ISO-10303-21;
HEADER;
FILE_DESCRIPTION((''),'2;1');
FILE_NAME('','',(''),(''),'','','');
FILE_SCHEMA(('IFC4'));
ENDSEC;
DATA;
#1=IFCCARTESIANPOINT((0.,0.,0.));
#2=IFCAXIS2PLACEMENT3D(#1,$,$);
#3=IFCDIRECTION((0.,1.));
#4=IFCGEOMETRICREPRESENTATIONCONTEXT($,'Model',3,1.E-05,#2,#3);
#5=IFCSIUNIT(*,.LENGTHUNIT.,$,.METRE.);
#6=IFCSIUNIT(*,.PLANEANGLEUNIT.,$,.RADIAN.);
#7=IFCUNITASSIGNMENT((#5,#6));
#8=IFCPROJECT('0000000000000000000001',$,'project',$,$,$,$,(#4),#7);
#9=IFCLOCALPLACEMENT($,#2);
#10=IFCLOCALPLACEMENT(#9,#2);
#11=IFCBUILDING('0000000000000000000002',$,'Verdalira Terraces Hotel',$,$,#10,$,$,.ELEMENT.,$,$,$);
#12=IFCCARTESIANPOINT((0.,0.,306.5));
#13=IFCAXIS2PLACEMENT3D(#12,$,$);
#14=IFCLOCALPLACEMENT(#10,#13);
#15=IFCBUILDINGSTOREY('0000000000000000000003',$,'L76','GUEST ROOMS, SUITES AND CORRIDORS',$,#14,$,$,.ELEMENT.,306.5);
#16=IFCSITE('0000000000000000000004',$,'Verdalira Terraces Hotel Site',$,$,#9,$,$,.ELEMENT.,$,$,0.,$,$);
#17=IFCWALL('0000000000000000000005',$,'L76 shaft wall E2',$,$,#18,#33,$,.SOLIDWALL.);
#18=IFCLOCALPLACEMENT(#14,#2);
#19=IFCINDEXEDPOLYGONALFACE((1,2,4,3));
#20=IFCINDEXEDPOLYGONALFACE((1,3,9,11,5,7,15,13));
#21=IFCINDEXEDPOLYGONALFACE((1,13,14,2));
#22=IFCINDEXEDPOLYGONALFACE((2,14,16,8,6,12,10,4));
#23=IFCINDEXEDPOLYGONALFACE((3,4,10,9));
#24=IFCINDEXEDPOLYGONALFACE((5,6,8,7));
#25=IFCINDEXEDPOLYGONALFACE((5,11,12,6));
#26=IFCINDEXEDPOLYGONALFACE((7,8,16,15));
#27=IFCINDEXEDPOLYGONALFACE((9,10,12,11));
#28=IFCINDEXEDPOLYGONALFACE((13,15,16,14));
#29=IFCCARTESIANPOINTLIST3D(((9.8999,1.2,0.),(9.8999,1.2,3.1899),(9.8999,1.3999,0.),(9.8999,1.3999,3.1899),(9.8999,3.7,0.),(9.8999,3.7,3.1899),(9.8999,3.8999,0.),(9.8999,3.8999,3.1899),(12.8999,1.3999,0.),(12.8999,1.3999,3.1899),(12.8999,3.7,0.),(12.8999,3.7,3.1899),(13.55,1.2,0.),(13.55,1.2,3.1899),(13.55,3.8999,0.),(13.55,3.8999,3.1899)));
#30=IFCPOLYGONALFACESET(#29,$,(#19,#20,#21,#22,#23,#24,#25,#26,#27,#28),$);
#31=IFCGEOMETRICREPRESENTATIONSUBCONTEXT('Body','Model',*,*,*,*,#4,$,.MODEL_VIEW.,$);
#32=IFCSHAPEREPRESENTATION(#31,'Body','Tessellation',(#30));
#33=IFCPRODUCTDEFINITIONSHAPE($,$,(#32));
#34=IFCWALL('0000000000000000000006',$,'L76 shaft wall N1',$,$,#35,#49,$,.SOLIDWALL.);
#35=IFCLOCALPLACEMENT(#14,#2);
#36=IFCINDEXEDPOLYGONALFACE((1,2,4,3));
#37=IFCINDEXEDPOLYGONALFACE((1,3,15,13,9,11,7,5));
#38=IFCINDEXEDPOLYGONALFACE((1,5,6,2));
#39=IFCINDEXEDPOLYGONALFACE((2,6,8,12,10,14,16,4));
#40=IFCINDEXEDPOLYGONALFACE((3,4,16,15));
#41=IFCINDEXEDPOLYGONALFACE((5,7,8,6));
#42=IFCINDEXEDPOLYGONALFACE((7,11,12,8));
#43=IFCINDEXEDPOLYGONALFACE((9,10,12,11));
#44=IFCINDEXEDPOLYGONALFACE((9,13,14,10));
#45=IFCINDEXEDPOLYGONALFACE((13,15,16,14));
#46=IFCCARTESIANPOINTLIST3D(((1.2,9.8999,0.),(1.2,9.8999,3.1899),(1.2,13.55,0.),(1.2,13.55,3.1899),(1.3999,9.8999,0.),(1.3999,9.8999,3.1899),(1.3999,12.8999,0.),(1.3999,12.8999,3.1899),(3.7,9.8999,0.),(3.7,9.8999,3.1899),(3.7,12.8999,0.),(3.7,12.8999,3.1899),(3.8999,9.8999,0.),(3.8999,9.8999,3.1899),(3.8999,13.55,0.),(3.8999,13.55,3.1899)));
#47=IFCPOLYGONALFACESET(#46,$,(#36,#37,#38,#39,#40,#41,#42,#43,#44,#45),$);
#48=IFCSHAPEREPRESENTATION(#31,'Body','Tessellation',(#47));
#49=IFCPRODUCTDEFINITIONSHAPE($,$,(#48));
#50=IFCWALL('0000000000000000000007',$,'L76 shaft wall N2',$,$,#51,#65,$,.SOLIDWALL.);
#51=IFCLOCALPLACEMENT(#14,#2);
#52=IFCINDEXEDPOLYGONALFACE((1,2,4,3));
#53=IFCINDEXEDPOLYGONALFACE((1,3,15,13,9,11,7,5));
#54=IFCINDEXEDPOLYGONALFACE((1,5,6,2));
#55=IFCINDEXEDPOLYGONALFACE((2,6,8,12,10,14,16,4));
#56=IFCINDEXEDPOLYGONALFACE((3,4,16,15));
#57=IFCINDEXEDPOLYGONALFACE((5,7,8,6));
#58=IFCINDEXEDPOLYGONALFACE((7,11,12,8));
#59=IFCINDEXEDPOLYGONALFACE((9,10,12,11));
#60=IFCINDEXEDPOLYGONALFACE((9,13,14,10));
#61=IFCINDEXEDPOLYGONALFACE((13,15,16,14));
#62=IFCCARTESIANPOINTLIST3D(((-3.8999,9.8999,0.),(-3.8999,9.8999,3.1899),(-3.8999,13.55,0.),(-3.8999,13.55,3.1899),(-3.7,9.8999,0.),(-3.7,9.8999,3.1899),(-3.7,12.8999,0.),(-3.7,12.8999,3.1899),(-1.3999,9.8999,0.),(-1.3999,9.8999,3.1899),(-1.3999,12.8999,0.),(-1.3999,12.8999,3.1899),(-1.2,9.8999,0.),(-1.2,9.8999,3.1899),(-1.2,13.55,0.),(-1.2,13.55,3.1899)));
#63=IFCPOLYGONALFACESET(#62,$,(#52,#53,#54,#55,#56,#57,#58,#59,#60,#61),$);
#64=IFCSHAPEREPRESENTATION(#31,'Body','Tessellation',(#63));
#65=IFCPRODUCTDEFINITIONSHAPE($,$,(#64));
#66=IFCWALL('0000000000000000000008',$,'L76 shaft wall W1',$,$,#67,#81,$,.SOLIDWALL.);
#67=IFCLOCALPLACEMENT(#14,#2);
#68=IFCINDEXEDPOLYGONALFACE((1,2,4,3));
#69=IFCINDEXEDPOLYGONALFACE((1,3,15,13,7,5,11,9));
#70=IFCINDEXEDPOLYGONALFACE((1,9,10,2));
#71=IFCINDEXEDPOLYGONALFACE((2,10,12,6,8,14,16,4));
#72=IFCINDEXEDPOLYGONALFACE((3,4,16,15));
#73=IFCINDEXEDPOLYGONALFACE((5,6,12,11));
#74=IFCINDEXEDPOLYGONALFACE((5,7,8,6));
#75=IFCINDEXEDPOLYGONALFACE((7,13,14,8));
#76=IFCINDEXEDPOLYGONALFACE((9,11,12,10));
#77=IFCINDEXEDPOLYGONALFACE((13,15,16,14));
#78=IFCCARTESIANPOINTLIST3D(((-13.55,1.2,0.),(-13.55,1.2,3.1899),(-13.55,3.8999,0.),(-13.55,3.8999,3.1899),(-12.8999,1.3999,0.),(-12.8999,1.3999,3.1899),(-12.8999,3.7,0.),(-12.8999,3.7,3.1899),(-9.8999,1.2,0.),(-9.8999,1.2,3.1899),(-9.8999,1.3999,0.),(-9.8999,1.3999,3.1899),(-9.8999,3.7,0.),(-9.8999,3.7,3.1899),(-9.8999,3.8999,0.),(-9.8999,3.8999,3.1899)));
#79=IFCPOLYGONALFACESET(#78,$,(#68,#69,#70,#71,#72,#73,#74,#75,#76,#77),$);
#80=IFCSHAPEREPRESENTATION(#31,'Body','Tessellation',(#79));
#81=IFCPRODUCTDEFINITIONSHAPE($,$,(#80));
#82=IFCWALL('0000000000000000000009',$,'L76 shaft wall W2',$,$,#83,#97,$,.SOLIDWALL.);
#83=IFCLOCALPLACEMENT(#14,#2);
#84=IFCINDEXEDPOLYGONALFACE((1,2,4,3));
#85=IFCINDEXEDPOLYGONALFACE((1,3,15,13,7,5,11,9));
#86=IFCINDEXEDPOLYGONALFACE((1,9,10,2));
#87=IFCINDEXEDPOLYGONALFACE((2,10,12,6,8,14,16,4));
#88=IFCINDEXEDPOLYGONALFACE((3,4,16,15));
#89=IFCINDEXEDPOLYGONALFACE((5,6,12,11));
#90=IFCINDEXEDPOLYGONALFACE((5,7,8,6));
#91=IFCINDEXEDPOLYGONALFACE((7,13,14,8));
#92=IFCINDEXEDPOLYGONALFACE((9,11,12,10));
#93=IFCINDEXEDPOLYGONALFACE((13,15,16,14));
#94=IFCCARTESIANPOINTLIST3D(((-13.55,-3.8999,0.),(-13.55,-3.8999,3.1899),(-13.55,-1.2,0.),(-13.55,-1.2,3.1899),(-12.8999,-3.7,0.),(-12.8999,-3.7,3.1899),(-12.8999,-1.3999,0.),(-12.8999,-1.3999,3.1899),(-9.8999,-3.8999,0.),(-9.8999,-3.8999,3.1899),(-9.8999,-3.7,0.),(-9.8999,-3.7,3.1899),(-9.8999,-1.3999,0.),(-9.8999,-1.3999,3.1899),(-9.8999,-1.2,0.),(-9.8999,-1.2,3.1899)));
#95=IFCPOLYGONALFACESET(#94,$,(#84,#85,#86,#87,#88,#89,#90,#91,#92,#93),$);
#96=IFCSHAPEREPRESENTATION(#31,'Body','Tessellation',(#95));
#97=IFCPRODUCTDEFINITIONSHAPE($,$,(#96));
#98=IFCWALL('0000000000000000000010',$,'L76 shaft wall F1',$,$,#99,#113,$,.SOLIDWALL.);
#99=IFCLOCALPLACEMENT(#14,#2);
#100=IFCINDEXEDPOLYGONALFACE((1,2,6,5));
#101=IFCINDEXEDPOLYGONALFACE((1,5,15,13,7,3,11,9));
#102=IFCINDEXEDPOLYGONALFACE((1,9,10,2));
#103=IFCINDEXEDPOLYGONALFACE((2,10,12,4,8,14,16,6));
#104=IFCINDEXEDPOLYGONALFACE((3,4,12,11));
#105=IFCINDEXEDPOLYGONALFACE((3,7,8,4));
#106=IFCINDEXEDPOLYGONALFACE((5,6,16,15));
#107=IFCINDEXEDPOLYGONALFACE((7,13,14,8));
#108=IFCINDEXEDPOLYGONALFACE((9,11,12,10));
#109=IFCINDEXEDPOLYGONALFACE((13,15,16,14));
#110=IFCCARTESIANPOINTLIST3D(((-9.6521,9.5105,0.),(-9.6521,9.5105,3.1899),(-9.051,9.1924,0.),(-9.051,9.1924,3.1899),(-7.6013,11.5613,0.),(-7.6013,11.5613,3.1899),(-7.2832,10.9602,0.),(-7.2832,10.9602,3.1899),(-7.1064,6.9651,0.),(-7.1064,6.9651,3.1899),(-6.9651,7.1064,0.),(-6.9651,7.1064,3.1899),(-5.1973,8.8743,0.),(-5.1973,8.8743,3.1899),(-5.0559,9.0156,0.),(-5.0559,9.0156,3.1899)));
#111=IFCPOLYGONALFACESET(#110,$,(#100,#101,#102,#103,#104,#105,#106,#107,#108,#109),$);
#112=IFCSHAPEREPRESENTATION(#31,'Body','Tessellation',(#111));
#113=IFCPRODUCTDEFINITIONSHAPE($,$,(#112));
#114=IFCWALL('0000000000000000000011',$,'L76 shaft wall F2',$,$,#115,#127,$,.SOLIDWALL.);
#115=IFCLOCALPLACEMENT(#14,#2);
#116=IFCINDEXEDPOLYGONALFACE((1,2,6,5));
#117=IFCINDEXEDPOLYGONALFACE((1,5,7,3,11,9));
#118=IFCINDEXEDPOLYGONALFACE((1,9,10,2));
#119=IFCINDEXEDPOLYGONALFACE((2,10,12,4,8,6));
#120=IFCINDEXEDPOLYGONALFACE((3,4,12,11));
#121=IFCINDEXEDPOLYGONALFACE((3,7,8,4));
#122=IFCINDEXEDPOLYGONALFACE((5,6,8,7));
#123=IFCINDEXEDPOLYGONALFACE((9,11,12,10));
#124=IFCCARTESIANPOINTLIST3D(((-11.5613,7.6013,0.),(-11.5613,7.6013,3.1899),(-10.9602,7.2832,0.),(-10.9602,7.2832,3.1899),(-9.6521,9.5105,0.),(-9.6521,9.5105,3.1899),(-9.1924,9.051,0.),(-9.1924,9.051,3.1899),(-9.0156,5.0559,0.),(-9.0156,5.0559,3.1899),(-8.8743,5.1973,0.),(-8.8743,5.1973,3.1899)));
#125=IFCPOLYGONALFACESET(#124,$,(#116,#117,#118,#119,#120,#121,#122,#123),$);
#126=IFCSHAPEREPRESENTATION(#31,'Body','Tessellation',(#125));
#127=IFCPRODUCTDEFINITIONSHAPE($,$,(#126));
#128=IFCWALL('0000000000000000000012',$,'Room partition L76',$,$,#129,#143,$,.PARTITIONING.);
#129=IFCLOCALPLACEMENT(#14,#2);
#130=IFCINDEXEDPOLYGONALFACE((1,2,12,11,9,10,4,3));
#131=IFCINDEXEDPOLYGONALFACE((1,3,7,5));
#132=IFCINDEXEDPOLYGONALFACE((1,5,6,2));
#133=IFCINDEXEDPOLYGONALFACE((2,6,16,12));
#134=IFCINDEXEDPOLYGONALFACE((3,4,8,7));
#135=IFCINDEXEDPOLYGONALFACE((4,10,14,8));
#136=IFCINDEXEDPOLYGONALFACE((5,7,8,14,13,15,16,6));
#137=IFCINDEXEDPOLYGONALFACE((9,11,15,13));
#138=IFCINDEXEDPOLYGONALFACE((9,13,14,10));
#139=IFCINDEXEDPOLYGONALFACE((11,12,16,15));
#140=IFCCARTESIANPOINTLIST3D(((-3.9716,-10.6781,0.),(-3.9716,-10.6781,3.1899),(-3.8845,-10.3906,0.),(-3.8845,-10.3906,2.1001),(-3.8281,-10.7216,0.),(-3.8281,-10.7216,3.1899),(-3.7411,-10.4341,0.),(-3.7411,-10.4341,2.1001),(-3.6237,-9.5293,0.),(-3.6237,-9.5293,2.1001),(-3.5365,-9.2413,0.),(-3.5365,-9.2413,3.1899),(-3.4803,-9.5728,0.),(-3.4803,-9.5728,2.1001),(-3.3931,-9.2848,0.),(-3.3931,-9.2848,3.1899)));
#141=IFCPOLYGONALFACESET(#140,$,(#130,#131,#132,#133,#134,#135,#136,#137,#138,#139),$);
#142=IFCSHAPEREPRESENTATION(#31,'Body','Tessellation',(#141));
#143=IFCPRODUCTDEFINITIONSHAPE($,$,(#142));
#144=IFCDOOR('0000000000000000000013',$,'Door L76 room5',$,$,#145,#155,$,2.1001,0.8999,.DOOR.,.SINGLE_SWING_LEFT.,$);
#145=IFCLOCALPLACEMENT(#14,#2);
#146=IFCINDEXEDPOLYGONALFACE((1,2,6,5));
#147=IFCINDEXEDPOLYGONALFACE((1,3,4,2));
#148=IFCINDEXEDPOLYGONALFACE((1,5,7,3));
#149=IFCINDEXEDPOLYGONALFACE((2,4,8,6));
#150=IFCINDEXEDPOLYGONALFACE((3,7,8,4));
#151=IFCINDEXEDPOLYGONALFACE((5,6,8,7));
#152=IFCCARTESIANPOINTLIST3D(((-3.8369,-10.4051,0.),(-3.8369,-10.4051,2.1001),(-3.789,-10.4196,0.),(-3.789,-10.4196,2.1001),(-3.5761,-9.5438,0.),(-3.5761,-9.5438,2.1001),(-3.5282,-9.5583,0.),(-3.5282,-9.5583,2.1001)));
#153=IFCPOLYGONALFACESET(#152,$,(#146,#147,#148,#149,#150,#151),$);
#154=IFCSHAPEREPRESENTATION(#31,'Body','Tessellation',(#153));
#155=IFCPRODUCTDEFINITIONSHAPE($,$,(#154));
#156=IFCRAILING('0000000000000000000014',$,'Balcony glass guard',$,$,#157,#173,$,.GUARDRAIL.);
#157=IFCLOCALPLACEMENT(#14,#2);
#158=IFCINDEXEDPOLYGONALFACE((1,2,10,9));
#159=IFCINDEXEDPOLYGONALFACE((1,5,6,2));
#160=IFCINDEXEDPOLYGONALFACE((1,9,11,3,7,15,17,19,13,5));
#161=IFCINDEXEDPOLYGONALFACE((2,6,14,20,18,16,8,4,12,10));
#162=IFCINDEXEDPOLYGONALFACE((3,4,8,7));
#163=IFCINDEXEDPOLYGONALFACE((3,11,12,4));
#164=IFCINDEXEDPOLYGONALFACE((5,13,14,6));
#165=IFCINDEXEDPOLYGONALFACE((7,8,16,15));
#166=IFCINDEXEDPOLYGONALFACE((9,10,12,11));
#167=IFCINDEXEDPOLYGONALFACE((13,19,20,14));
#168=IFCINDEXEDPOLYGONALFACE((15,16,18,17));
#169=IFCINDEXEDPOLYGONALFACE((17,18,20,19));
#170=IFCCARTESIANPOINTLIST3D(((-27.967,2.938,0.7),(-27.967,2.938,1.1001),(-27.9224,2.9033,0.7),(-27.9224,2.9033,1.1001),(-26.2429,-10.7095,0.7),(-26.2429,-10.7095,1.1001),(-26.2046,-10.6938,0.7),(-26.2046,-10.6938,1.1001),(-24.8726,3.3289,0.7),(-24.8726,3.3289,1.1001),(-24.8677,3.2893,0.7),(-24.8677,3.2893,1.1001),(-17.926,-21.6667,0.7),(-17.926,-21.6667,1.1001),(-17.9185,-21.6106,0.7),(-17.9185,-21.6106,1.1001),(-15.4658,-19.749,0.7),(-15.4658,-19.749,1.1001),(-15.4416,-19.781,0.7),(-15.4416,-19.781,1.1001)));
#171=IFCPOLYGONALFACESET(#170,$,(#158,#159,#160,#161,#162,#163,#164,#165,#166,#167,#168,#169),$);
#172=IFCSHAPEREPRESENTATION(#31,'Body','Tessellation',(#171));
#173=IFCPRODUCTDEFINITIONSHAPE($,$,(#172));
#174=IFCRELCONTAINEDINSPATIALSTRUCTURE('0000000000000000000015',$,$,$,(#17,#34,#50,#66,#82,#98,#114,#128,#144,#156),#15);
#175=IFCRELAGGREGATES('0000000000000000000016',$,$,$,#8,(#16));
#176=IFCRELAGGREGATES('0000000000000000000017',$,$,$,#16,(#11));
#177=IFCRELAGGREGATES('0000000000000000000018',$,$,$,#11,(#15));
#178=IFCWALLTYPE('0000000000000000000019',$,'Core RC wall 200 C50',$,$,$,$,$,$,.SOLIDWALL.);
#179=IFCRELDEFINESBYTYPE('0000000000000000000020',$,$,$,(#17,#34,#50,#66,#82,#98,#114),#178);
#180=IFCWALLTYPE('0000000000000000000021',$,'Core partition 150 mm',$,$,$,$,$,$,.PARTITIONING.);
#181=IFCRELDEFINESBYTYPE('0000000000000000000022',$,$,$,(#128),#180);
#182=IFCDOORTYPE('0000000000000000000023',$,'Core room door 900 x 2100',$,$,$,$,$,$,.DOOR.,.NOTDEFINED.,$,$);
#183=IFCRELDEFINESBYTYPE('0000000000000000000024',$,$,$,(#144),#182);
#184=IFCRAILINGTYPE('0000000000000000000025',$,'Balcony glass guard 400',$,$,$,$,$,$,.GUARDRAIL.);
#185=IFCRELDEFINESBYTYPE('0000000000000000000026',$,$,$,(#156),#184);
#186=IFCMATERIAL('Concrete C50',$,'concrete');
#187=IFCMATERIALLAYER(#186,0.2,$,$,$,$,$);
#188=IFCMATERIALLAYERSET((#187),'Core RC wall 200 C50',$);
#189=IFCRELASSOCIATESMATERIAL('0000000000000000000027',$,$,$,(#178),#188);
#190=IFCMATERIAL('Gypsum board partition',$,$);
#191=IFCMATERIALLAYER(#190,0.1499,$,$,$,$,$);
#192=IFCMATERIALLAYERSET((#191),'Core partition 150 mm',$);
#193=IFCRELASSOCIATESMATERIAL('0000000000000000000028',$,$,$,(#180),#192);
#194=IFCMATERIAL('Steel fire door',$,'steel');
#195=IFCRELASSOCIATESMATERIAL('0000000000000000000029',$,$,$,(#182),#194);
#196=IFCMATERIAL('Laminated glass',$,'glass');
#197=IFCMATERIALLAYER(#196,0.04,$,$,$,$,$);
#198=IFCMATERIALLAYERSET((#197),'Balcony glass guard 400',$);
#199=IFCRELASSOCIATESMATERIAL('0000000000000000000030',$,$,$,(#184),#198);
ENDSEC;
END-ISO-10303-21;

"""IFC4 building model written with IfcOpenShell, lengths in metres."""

from ifc_helpers import new_model, si_unit, direction, frame, frame_2d, origin, place, context, subcontext, project, spatial, polyline, rectangle, outline, extrude, material, layer, layer_set, type_object, element, fill, save


model = new_model("IFC4")

# Units and contexts
model_context = context("Model", 3, precision=1e-05, world=origin(), true_north=direction((0.0, 1.0)))
body_context = subcontext(model_context, "Body", "Model", "MODEL_VIEW")
ifc_project = project(units=[si_unit("LENGTHUNIT", "METRE"), si_unit("PLANEANGLEUNIT", "RADIAN")], contexts=[model_context])

# Site, building, storey
site_placement = place(None, origin())
site = spatial("IfcSite", under=ifc_project, at=site_placement, Name="Verdalira Terraces Hotel Site", CompositionType="ELEMENT", RefElevation=0.0)
building_placement = place(site_placement, origin())
building = spatial("IfcBuilding", under=site, at=building_placement, Name="Verdalira Terraces Hotel", CompositionType="ELEMENT")
storey_placement = place(building_placement, frame((0.0, 0.0, 306.5)))
storey = spatial("IfcBuildingStorey", under=building, at=storey_placement, Name="L76", Description="GUEST ROOMS, SUITES AND CORRIDORS", CompositionType="ELEMENT", Elevation=306.5)

# Walls
ifc_material_1 = material(Name="Concrete C50", Category="concrete")
ifc_layer_1 = layer(ifc_material_1, 0.2)
ifc_layer_set_1 = layer_set([ifc_layer_1], Name="Core RC wall 200 C50")
wall_type_1 = type_object("IfcWallType", Name="Core RC wall 200 C50", PredefinedType="SOLIDWALL", material=ifc_layer_set_1)
wall_1_placement = place(storey_placement, origin())
element("IfcWall", 1, at=wall_1_placement, inside=storey, type_object=wall_type_1, Name="L76 shaft wall E2", PredefinedType="SOLIDWALL", context=body_context, shape_type="SweptSolid", body=[
    extrude(outline(polyline([(13.55, 3.8999), (13.55, 1.2), (9.8999, 1.2), (9.8999, 1.3999), (12.8999, 1.3999), (12.8999, 3.7), (9.8999, 3.7), (9.8999, 3.8999), (13.55, 3.8999)])), origin(), (0.0, 0.0, 1.0), 3.1899),
])
wall_2_placement = place(storey_placement, origin())
element("IfcWall", 2, at=wall_2_placement, inside=storey, type_object=wall_type_1, Name="L76 shaft wall N1", PredefinedType="SOLIDWALL", context=body_context, shape_type="SweptSolid", body=[
    extrude(outline(polyline([(3.8999, 9.8999), (3.7, 9.8999), (3.7, 12.8999), (1.3999, 12.8999), (1.3999, 9.8999), (1.2, 9.8999), (1.2, 13.55), (3.8999, 13.55), (3.8999, 9.8999)])), origin(), (0.0, 0.0, 1.0), 3.1899),
])
wall_3_placement = place(storey_placement, origin())
element("IfcWall", 3, at=wall_3_placement, inside=storey, type_object=wall_type_1, Name="L76 shaft wall N2", PredefinedType="SOLIDWALL", context=body_context, shape_type="SweptSolid", body=[
    extrude(outline(polyline([(-3.8999, 13.55), (-1.2, 13.55), (-1.2, 9.8999), (-1.3999, 9.8999), (-1.3999, 12.8999), (-3.7, 12.8999), (-3.7, 9.8999), (-3.8999, 9.8999), (-3.8999, 13.55)])), origin(), (0.0, 0.0, 1.0), 3.1899),
])
wall_4_placement = place(storey_placement, origin())
element("IfcWall", 4, at=wall_4_placement, inside=storey, type_object=wall_type_1, Name="L76 shaft wall W1", PredefinedType="SOLIDWALL", context=body_context, shape_type="SweptSolid", body=[
    extrude(outline(polyline([(-13.55, 3.8999), (-9.8999, 3.8999), (-9.8999, 3.7), (-12.8999, 3.7), (-12.8999, 1.3999), (-9.8999, 1.3999), (-9.8999, 1.2), (-13.55, 1.2), (-13.55, 3.8999)])), origin(), (0.0, 0.0, 1.0), 3.1899),
])
wall_5_placement = place(storey_placement, origin())
element("IfcWall", 5, at=wall_5_placement, inside=storey, type_object=wall_type_1, Name="L76 shaft wall W2", PredefinedType="SOLIDWALL", context=body_context, shape_type="SweptSolid", body=[
    extrude(outline(polyline([(-13.55, -3.8999), (-13.55, -1.2), (-9.8999, -1.2), (-9.8999, -1.3999), (-12.8999, -1.3999), (-12.8999, -3.7), (-9.8999, -3.7), (-9.8999, -3.8999), (-13.55, -3.8999)])), origin(), (0.0, 0.0, 1.0), 3.1899),
])
wall_6_placement = place(storey_placement, origin())
element("IfcWall", 6, at=wall_6_placement, inside=storey, type_object=wall_type_1, Name="L76 shaft wall F1", PredefinedType="SOLIDWALL", context=body_context, shape_type="SweptSolid", body=[
    extrude(outline(polyline([(-9.6521, 9.5105), (-7.6013, 11.5613), (-5.0559, 9.0156), (-5.1973, 8.8743), (-7.2832, 10.9602), (-9.051, 9.1924), (-6.9651, 7.1064), (-7.1064, 6.9651), (-9.6521, 9.5105)])), origin(), (0.0, 0.0, 1.0), 3.1899),
])
wall_7_placement = place(storey_placement, origin())
element("IfcWall", 7, at=wall_7_placement, inside=storey, type_object=wall_type_1, Name="L76 shaft wall F2", PredefinedType="SOLIDWALL", context=body_context, shape_type="SweptSolid", body=[
    extrude(outline(polyline([(-11.5613, 7.6013), (-9.6521, 9.5105), (-9.1924, 9.051), (-10.9602, 7.2832), (-8.8743, 5.1973), (-9.0156, 5.0559), (-11.5613, 7.6013)])), origin(), (0.0, 0.0, 1.0), 3.1899),
])

# Wall, opening, door
ifc_material_2 = material(Name="Gypsum board partition")
ifc_layer_2 = layer(ifc_material_2, 0.1499)
ifc_layer_set_2 = layer_set([ifc_layer_2], Name="Core partition 150 mm")
wall_type_2 = type_object("IfcWallType", Name="Core partition 150 mm", PredefinedType="PARTITIONING", material=ifc_layer_set_2)
wall_8_placement = place(storey_placement, frame((-3.4648, -9.2632, 0.0), z_axis=(0.0, 0.0, 1.0), x_axis=(-0.289809, -0.957085, 0.0)))
wall_8 = element("IfcWall", 8, at=wall_8_placement, inside=storey, type_object=wall_type_2, Name="Room partition L76", PredefinedType="PARTITIONING", context=body_context, shape_type="SweptSolid", body=[
    extrude(rectangle(XDim=1.5012, YDim=0.1499, at=frame_2d((0.7505, 0.0))), origin(), (0.0, 0.0, 1.0), 3.1899),
])
opening_placement = place(wall_8_placement, frame((0.3008, 0.0, 0.0)))
opening = element("IfcOpeningElement", 9, at=opening_placement, cuts=wall_8, PredefinedType="OPENING", context=body_context, shape_type="SweptSolid", body=[
    extrude(rectangle(XDim=0.8999, YDim=2.1001, at=frame_2d((0.45, 1.05))), frame((0.0, 0.085, 0.0), z_axis=(0.0, -1.0, 0.0), x_axis=(1.0, 0.0, 0.0)), (0.0, 0.0, 1.0), 0.1699),
])
ifc_material_3 = material(Name="Steel fire door", Category="steel")
door_type = type_object("IfcDoorType", Name="Core room door 900 x 2100", OperationType="NOTDEFINED", PredefinedType="DOOR", material=ifc_material_3)
door_placement = place(opening_placement, origin())
door = element("IfcDoor", 10, at=door_placement, inside=storey, type_object=door_type, Name="Door L76 room5", OperationType="SINGLE_SWING_LEFT", OverallHeight=2.1001, OverallWidth=0.8999, PredefinedType="DOOR", context=body_context, shape_type="SweptSolid", body=[
    extrude(rectangle(XDim=0.8999, YDim=2.1001, at=frame_2d((0.45, 1.05))), frame((0.0, 0.0249, 0.0), z_axis=(0.0, -1.0, 0.0), x_axis=(1.0, 0.0, 0.0)), (0.0, 0.0, 1.0), 0.05),
])
fill(opening, door)

# Railing
ifc_material_4 = material(Name="Laminated glass", Category="glass")
ifc_layer_3 = layer(ifc_material_4, 0.04)
ifc_layer_set_3 = layer_set([ifc_layer_3], Name="Balcony glass guard 400")
railing_type = type_object("IfcRailingType", Name="Balcony glass guard 400", PredefinedType="GUARDRAIL", material=ifc_layer_set_3)
railing_1_placement = place(storey_placement, frame((0.0, 0.0, 0.7)))
element("IfcRailing", 11, at=railing_1_placement, inside=storey, type_object=railing_type, Name="Balcony glass guard", PredefinedType="GUARDRAIL", context=body_context, shape_type="SweptSolid", body=[
    extrude(outline(polyline([(-27.9224, 2.9033), (-26.2046, -10.6938), (-17.9185, -21.6106), (-15.4658, -19.749), (-15.4416, -19.781), (-17.926, -21.6667), (-26.2429, -10.7095), (-27.967, 2.938), (-24.8726, 3.3289), (-24.8677, 3.2893), (-27.9224, 2.9033)])), origin(), (0.0, 0.0, 1.0), 0.4001),
])

save(model, "model.ifc")
